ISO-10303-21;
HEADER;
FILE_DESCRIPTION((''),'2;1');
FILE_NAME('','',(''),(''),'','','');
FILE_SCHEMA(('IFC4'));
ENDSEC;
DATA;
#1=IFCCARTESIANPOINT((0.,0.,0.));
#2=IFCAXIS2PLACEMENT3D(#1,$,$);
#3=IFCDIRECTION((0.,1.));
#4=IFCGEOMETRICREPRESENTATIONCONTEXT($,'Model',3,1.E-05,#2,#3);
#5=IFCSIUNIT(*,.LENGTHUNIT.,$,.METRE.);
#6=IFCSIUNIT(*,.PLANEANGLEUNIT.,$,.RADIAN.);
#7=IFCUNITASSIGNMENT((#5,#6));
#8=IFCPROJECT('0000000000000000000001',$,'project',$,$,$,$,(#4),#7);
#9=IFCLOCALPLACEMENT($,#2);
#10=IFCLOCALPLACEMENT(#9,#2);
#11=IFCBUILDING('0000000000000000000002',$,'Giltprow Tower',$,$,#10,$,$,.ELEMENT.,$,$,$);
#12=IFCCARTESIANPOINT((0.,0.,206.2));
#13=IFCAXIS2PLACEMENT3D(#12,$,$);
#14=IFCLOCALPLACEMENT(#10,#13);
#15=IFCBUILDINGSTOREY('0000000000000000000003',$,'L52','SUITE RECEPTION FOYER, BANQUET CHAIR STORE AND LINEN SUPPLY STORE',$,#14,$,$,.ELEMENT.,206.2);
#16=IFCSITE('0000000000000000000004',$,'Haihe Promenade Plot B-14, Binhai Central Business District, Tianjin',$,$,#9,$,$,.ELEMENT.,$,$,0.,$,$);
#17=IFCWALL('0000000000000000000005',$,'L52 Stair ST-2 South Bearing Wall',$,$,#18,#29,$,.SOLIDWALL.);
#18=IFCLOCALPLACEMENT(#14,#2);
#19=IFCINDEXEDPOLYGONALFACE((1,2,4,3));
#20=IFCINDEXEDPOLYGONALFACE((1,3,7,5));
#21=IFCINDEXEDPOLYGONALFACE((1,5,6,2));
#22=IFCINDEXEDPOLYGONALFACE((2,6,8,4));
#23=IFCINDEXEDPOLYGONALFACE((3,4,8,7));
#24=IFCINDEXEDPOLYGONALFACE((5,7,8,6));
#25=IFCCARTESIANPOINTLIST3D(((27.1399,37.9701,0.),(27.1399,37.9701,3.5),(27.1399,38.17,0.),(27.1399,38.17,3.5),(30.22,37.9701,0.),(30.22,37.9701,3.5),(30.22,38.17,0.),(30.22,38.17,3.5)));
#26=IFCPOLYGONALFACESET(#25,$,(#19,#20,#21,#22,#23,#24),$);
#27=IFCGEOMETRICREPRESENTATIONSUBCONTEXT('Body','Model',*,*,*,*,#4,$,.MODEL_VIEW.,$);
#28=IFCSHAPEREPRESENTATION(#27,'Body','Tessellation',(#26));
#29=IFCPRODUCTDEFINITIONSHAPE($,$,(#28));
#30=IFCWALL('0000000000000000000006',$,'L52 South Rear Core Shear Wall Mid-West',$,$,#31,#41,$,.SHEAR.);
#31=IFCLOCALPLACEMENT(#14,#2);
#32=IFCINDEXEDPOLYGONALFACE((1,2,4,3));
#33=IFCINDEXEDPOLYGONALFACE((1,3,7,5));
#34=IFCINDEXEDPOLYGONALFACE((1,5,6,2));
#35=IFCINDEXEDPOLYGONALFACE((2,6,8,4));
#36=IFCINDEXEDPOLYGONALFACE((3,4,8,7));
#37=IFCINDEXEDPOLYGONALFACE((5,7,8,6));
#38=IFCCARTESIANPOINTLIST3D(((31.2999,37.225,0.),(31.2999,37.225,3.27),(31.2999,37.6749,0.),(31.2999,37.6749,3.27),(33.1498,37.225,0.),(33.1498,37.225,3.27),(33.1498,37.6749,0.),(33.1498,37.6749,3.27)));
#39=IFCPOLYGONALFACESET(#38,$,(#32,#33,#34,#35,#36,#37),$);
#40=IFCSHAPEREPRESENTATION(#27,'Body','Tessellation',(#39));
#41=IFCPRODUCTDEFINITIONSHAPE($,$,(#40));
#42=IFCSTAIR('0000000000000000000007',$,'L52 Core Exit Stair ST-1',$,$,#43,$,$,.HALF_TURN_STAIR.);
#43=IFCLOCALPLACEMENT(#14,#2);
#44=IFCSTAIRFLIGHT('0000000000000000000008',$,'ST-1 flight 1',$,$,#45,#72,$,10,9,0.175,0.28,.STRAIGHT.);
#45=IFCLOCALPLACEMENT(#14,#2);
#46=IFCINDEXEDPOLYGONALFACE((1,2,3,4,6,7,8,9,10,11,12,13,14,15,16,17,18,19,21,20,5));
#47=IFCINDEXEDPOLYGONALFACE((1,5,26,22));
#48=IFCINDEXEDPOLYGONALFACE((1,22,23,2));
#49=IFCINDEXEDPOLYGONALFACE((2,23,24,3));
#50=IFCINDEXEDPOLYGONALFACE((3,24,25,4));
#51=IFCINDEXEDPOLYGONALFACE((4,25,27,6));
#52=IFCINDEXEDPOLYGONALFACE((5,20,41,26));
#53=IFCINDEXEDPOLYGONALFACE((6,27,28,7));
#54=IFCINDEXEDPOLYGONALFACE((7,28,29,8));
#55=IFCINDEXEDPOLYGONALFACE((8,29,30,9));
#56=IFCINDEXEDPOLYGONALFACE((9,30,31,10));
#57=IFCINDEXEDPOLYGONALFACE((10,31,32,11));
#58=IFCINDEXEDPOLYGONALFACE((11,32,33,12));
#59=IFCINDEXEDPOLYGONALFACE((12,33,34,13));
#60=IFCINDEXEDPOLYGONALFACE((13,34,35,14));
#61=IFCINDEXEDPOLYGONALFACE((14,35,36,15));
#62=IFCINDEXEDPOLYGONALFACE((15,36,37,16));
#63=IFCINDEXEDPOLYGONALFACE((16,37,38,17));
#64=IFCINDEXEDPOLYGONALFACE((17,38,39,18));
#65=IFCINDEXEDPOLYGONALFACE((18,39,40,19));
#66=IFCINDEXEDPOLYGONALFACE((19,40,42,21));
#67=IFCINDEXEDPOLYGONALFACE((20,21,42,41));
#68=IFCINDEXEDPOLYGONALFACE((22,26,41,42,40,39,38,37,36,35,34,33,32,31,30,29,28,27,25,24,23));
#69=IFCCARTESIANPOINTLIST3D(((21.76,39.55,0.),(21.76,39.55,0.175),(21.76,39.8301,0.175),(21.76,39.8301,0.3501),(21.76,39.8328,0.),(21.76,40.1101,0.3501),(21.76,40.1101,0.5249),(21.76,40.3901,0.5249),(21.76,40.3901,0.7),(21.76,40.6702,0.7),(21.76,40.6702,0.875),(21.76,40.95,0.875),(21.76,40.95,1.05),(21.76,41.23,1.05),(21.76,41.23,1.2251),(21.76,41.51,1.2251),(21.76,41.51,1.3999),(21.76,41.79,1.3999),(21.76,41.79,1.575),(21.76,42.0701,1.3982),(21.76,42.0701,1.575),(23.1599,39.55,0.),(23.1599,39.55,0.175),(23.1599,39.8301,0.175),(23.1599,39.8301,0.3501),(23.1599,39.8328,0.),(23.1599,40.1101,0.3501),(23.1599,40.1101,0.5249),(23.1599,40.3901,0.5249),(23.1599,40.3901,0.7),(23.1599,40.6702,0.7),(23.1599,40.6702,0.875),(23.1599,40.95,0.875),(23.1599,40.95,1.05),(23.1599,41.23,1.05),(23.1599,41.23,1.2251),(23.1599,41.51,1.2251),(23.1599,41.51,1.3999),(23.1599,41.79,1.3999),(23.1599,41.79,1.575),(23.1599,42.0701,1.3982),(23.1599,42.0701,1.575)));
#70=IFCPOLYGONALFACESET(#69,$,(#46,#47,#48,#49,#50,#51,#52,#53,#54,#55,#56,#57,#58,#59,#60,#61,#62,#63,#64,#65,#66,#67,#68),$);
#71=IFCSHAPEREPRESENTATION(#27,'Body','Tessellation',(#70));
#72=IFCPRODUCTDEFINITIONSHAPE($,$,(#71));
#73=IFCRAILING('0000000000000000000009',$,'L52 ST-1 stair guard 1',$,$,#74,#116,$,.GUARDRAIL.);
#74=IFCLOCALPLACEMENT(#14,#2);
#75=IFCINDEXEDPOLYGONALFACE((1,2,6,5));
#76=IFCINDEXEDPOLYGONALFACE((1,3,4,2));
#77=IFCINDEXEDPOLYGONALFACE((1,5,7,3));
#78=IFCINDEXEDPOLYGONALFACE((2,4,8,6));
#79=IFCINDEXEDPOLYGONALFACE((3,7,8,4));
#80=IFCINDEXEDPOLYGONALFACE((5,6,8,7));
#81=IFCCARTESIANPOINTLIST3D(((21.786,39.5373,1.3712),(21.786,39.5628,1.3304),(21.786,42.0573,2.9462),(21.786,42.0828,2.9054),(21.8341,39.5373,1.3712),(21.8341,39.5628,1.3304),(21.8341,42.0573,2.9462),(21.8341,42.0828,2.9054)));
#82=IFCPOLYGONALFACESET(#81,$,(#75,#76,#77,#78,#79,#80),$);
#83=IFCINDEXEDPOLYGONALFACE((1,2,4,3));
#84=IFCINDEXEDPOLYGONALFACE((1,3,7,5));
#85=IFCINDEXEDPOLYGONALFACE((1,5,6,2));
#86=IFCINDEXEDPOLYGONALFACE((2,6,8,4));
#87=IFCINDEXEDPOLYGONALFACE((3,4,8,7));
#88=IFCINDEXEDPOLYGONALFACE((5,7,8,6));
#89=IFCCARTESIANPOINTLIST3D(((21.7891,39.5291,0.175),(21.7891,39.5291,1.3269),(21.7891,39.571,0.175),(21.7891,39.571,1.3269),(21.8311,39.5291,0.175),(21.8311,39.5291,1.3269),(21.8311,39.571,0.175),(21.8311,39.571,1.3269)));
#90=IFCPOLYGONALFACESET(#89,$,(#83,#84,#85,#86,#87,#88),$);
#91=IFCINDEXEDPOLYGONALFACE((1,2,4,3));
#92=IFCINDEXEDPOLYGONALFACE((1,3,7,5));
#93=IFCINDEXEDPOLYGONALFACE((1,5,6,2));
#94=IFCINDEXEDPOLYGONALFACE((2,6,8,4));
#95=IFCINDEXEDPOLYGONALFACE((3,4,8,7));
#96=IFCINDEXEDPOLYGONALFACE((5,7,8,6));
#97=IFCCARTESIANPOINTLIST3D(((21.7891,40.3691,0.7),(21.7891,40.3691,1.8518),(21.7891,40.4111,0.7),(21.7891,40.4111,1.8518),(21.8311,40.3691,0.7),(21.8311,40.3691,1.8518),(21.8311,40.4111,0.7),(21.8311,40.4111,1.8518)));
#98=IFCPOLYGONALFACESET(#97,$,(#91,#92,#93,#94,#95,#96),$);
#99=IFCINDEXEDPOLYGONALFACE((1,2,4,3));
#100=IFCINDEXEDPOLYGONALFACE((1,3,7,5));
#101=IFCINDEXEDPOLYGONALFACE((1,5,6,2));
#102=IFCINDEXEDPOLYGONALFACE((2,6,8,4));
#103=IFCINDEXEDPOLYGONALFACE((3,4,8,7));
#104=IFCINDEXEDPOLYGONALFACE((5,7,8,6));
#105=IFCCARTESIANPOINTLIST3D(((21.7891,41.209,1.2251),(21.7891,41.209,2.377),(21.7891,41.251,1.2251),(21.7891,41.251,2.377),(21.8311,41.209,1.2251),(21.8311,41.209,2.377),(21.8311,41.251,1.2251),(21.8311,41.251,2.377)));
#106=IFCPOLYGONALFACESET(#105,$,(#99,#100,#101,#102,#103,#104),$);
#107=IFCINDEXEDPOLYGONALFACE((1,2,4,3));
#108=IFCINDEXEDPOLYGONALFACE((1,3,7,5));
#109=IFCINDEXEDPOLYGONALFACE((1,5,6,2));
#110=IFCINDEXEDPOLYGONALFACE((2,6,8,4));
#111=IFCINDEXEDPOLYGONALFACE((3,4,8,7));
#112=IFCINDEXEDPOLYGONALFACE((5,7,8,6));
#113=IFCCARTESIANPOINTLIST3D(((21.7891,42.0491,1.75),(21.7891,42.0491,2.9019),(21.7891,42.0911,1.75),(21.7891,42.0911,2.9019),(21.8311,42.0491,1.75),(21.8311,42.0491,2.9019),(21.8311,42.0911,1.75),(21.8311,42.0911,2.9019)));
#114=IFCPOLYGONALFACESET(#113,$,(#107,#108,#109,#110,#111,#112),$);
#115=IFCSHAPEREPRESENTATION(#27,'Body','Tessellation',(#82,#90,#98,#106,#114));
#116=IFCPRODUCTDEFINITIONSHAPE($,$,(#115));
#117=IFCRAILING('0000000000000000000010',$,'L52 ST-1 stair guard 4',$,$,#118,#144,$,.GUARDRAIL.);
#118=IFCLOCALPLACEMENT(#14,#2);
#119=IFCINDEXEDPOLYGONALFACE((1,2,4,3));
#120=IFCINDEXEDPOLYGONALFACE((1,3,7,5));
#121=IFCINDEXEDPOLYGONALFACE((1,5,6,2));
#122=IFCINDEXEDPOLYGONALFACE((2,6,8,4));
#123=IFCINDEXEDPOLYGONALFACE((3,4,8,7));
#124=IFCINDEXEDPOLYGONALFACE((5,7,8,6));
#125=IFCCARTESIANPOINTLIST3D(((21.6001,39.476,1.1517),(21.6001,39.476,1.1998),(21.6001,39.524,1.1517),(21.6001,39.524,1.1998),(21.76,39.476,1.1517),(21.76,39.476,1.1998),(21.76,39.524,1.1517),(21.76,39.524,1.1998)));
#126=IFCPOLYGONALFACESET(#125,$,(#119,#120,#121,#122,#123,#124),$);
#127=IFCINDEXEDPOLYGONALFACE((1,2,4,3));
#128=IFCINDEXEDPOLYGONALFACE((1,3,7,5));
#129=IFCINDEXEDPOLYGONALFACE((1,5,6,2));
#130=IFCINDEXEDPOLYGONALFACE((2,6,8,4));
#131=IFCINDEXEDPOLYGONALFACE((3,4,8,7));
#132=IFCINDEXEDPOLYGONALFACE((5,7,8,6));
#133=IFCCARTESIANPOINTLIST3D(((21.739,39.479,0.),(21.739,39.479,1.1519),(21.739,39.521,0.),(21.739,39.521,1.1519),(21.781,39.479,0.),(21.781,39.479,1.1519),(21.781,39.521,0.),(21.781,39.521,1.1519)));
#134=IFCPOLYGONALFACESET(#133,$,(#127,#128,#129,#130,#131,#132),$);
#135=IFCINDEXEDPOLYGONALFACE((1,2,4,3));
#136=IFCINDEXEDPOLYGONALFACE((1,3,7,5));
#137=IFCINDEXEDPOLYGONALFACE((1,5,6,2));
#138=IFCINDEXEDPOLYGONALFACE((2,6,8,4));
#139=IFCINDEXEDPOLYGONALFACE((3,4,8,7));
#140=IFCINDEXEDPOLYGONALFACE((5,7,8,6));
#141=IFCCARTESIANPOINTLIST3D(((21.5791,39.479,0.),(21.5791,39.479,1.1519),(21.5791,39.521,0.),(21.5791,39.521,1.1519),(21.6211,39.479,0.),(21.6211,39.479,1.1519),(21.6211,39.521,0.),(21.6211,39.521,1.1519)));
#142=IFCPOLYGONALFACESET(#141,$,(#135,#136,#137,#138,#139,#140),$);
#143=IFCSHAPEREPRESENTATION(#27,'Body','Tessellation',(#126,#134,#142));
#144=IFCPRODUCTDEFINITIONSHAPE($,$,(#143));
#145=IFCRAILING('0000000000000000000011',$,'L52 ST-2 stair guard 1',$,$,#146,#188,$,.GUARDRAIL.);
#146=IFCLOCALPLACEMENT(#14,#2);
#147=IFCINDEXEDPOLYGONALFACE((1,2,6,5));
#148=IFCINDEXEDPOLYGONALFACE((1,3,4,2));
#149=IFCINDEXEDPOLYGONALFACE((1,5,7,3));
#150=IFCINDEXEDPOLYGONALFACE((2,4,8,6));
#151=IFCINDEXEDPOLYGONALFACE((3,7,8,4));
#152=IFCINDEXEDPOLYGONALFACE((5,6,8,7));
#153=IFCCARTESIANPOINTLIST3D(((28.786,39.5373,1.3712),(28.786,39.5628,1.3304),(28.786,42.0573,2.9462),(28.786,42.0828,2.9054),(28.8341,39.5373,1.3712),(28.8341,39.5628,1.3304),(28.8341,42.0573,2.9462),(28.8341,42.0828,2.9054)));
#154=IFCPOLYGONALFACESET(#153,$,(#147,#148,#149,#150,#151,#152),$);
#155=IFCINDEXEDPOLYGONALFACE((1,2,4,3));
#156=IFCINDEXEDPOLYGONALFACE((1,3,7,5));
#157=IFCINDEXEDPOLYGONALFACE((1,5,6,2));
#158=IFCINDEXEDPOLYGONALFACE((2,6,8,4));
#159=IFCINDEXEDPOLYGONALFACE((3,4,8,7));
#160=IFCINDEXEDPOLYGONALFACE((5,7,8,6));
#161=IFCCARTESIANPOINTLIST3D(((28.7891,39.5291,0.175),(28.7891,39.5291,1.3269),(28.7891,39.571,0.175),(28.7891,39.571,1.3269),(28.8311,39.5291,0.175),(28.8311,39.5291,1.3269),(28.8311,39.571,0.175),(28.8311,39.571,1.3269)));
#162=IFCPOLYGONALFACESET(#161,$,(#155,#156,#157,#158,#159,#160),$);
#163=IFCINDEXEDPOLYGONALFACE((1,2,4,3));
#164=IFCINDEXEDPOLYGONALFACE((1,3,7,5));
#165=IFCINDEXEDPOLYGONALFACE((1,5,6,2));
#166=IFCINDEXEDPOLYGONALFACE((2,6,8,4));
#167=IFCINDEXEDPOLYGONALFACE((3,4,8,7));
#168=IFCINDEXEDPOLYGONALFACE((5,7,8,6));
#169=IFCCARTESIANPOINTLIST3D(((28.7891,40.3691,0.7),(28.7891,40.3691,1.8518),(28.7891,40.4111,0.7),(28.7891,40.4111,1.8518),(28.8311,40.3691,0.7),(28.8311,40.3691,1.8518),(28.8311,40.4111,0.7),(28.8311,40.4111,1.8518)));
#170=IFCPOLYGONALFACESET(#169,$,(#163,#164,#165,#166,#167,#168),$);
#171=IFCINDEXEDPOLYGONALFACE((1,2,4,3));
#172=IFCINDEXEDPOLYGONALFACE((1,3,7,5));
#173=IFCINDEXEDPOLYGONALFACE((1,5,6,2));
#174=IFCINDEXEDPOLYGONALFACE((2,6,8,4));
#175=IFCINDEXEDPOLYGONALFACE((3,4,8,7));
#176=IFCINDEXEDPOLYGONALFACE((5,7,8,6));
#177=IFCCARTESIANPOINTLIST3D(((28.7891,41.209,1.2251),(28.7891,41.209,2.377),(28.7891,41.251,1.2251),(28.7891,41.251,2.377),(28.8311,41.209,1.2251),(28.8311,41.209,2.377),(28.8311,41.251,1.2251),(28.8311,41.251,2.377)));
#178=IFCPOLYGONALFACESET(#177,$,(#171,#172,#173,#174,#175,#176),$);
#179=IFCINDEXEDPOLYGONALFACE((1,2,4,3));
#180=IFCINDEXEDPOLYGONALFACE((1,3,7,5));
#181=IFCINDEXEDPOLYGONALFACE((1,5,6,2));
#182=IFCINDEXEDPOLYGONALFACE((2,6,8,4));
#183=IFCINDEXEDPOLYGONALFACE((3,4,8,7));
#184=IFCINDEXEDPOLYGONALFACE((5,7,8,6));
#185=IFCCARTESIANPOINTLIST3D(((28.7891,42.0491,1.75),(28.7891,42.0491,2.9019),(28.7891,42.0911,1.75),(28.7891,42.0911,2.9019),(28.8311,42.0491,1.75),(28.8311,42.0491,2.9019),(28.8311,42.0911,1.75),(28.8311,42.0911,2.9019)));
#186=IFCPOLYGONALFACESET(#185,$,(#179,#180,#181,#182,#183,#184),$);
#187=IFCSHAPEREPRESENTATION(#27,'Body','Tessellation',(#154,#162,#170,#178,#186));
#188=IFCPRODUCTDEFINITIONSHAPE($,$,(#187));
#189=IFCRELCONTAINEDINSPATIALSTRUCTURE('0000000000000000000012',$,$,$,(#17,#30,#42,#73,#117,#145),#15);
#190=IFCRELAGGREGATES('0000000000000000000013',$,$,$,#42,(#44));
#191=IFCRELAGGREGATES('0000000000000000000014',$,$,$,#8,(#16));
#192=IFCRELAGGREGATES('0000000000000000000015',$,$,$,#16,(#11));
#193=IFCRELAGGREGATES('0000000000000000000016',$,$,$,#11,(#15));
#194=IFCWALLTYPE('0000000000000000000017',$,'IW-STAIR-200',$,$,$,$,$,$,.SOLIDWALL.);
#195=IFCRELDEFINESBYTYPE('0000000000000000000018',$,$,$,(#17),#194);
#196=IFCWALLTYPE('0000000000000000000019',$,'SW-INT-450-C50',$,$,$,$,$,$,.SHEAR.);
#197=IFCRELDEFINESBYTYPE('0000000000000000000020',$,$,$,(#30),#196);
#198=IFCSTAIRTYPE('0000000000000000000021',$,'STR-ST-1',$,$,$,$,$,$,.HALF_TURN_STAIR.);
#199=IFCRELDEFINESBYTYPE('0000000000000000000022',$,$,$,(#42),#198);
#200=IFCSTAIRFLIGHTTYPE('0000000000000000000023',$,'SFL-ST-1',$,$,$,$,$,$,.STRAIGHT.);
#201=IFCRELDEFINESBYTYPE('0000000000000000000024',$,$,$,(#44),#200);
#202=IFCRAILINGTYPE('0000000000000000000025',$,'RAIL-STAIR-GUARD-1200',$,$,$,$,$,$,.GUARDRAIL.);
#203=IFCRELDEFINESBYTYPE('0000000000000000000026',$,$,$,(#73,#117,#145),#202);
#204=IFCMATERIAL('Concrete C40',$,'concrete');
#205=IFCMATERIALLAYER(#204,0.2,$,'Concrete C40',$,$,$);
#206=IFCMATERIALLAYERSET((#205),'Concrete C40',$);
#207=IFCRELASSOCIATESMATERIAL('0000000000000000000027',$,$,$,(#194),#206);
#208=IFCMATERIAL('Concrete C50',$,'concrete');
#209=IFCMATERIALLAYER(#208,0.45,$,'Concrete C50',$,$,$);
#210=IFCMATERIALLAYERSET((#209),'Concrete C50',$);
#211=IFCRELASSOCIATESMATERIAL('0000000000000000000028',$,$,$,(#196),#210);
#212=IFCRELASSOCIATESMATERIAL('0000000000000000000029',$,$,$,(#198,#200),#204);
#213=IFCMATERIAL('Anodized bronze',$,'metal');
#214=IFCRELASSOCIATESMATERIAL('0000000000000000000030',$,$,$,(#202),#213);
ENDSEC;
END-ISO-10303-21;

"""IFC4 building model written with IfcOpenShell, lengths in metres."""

from ifc_helpers import new_model, si_unit, direction, frame, frame_2d, origin, origin_2d, place, context, subcontext, project, spatial, polyline, rectangle, outline, extrude, material, layer, layer_set, type_object, element, aggregate, save


model = new_model("IFC4")

# Units and contexts
model_context = context("Model", 3, precision=1e-05, world=origin(), true_north=direction((0.0, 1.0)))
body_context = subcontext(model_context, "Body", "Model", "MODEL_VIEW")
ifc_project = project(units=[si_unit("LENGTHUNIT", "METRE"), si_unit("PLANEANGLEUNIT", "RADIAN")], contexts=[model_context])

# Site, building, storey
site_placement = place(None, origin())
site = spatial("IfcSite", under=ifc_project, at=site_placement, Name="Haihe Promenade Plot B-14, Binhai Central Business District, Tianjin", CompositionType="ELEMENT", RefElevation=0.0)
building_placement = place(site_placement, origin())
building = spatial("IfcBuilding", under=site, at=building_placement, Name="Giltprow Tower", CompositionType="ELEMENT")
storey_placement = place(building_placement, frame((0.0, 0.0, 206.2)))
storey = spatial("IfcBuildingStorey", under=building, at=storey_placement, Name="L52", Description="SUITE RECEPTION FOYER, BANQUET CHAIR STORE AND LINEN SUPPLY STORE", CompositionType="ELEMENT", Elevation=206.2)

# Shared definitions
ifc_material_1 = material(Name="Concrete C50", Category="concrete")

# Shared definitions
ifc_material_2 = material(Name="Concrete C40", Category="concrete")
ifc_layer_1 = layer(ifc_material_2, 0.2, Name="Concrete C40")
ifc_layer_set_1 = layer_set([ifc_layer_1], Name="Concrete C40")
wall_type_1 = type_object("IfcWallType", Name="IW-STAIR-200", PredefinedType="SOLIDWALL", material=ifc_layer_set_1)

# Walls
wall_1_placement = place(storey_placement, frame((27.1399, 38.0701, 0.0), z_axis=(0.0, 0.0, 1.0), x_axis=(1.0, 0.0, 0.0)))
element("IfcWall", 1, at=wall_1_placement, inside=storey, type_object=wall_type_1, Name="L52 Stair ST-2 South Bearing Wall", PredefinedType="SOLIDWALL", context=body_context, shape_type="SweptSolid", body=[
    extrude(rectangle(XDim=3.0801, YDim=0.2, at=frame_2d((1.54, 0.0))), origin(), (0.0, 0.0, 1.0), 3.5),
])
ifc_layer_2 = layer(ifc_material_1, 0.45, Name="Concrete C50")
ifc_layer_set_2 = layer_set([ifc_layer_2], Name="Concrete C50")
wall_type_2 = type_object("IfcWallType", Name="SW-INT-450-C50", PredefinedType="SHEAR", material=ifc_layer_set_2)
wall_2_placement = place(storey_placement, frame((31.3, 37.45, 0.0), z_axis=(0.0, 0.0, 1.0), x_axis=(1.0, 0.0, 0.0)))
element("IfcWall", 2, at=wall_2_placement, inside=storey, type_object=wall_type_2, Name="L52 South Rear Core Shear Wall Mid-West", PredefinedType="SHEAR", context=body_context, shape_type="SweptSolid", body=[
    extrude(rectangle(XDim=1.8499, YDim=0.45, at=frame_2d((0.9248, 0.0))), origin(), (0.0, 0.0, 1.0), 3.27),
])

# Stair, stair flight
stair_type = type_object("IfcStairType", Name="STR-ST-1", PredefinedType="HALF_TURN_STAIR", material=ifc_material_2)
stair_placement = place(storey_placement, origin())
stair = element("IfcStair", 3, at=stair_placement, inside=storey, type_object=stair_type, Name="L52 Core Exit Stair ST-1", PredefinedType="HALF_TURN_STAIR")
stair_flight_type = type_object("IfcStairFlightType", Name="SFL-ST-1", PredefinedType="STRAIGHT", material=ifc_material_2)
stair_flight_placement = place(storey_placement, frame((22.46, 39.55, 0.0), z_axis=(0.0, 0.0, 1.0), x_axis=(0.0, 1.0, 0.0)))
stair_flight = element("IfcStairFlight", 4, at=stair_flight_placement, type_object=stair_flight_type, Name="ST-1 flight 1", NumberOfRisers=10, NumberOfTreads=9, PredefinedType="STRAIGHT", RiserHeight=0.175, TreadLength=0.28, context=body_context, shape_type="SweptSolid", body=[
    extrude(outline(polyline([(0.0, 0.0), (0.0, 0.175), (0.28, 0.175), (0.28, 0.3501), (0.5601, 0.3501), (0.5601, 0.5249), (0.8401, 0.5249), (0.8401, 0.7), (1.1201, 0.7), (1.1201, 0.875), (1.3999, 0.875), (1.3999, 1.05), (1.6799, 1.05), (1.6799, 1.2251), (1.96, 1.2251), (1.96, 1.3999), (2.24, 1.3999), (2.24, 1.575), (2.52, 1.575), (2.52, 1.75), (2.52, 1.3982), (0.2827, 0.0), (0.0, 0.0)])), frame((0.0, 0.7, 0.0), z_axis=(0.0, -1.0, 0.0), x_axis=(1.0, 0.0, 0.0)), (0.0, 0.0, 1.0), 1.3999),
])
aggregate(stair, [stair_flight])

# Railings
ifc_material_3 = material(Name="Anodized bronze", Category="metal")
railing_type_1 = type_object("IfcRailingType", Name="RAIL-STAIR-GUARD-1200", PredefinedType="GUARDRAIL", material=ifc_material_3)
railing_1_placement = place(storey_placement, frame((21.8101, 39.55, 0.175)))
element("IfcRailing", 5, at=railing_1_placement, inside=storey, type_object=railing_type_1, Name="L52 ST-1 stair guard 1", PredefinedType="GUARDRAIL", context=body_context, shape_type="SweptSolid", body=[
    extrude(rectangle(XDim=0.0481, YDim=0.0481, at=origin_2d()), frame((0.0, 0.0, 1.1758), z_axis=(0.0, 0.848008, 0.529984), x_axis=(-1.0, 0.0, 0.0)), (0.0, 0.0, 1.0), 2.9717),
    extrude(rectangle(XDim=0.042, YDim=0.042, at=origin_2d()), origin(), (0.0, 0.0, 1.0), 1.1519),
    extrude(rectangle(XDim=0.042, YDim=0.042, at=origin_2d()), frame((0.0, 0.8401, 0.5249)), (0.0, 0.0, 1.0), 1.1519),
    extrude(rectangle(XDim=0.042, YDim=0.042, at=origin_2d()), frame((0.0, 1.6799, 1.05)), (0.0, 0.0, 1.0), 1.1519),
    extrude(rectangle(XDim=0.042, YDim=0.042, at=origin_2d()), frame((0.0, 2.52, 1.575)), (0.0, 0.0, 1.0), 1.1519),
])
railing_2_placement = place(storey_placement, frame((21.76, 39.5, 0.0)))
element("IfcRailing", 6, at=railing_2_placement, inside=storey, type_object=railing_type_1, Name="L52 ST-1 stair guard 4", PredefinedType="GUARDRAIL", context=body_context, shape_type="SweptSolid", body=[
    extrude(rectangle(XDim=0.0481, YDim=0.0481, at=origin_2d()), frame((0.0, 0.0, 1.1758), z_axis=(-1.0, 0.0, 0.0), x_axis=(0.0, -1.0, 0.0)), (0.0, 0.0, 1.0), 0.1599),
    extrude(rectangle(XDim=0.042, YDim=0.042, at=origin_2d()), origin(), (0.0, 0.0, 1.0), 1.1519),
    extrude(rectangle(XDim=0.042, YDim=0.042, at=origin_2d()), frame((-0.1599, 0.0, 0.0)), (0.0, 0.0, 1.0), 1.1519),
])
railing_3_placement = place(storey_placement, frame((28.8101, 39.55, 0.175)))
element("IfcRailing", 7, at=railing_3_placement, inside=storey, type_object=railing_type_1, Name="L52 ST-2 stair guard 1", PredefinedType="GUARDRAIL", context=body_context, shape_type="SweptSolid", body=[
    extrude(rectangle(XDim=0.0481, YDim=0.0481, at=origin_2d()), frame((0.0, 0.0, 1.1758), z_axis=(0.0, 0.848008, 0.529984), x_axis=(-1.0, 0.0, 0.0)), (0.0, 0.0, 1.0), 2.9717),
    extrude(rectangle(XDim=0.042, YDim=0.042, at=origin_2d()), origin(), (0.0, 0.0, 1.0), 1.1519),
    extrude(rectangle(XDim=0.042, YDim=0.042, at=origin_2d()), frame((0.0, 0.8401, 0.5249)), (0.0, 0.0, 1.0), 1.1519),
    extrude(rectangle(XDim=0.042, YDim=0.042, at=origin_2d()), frame((0.0, 1.6799, 1.05)), (0.0, 0.0, 1.0), 1.1519),
    extrude(rectangle(XDim=0.042, YDim=0.042, at=origin_2d()), frame((0.0, 2.52, 1.575)), (0.0, 0.0, 1.0), 1.1519),
])

save(model, "model.ifc")
